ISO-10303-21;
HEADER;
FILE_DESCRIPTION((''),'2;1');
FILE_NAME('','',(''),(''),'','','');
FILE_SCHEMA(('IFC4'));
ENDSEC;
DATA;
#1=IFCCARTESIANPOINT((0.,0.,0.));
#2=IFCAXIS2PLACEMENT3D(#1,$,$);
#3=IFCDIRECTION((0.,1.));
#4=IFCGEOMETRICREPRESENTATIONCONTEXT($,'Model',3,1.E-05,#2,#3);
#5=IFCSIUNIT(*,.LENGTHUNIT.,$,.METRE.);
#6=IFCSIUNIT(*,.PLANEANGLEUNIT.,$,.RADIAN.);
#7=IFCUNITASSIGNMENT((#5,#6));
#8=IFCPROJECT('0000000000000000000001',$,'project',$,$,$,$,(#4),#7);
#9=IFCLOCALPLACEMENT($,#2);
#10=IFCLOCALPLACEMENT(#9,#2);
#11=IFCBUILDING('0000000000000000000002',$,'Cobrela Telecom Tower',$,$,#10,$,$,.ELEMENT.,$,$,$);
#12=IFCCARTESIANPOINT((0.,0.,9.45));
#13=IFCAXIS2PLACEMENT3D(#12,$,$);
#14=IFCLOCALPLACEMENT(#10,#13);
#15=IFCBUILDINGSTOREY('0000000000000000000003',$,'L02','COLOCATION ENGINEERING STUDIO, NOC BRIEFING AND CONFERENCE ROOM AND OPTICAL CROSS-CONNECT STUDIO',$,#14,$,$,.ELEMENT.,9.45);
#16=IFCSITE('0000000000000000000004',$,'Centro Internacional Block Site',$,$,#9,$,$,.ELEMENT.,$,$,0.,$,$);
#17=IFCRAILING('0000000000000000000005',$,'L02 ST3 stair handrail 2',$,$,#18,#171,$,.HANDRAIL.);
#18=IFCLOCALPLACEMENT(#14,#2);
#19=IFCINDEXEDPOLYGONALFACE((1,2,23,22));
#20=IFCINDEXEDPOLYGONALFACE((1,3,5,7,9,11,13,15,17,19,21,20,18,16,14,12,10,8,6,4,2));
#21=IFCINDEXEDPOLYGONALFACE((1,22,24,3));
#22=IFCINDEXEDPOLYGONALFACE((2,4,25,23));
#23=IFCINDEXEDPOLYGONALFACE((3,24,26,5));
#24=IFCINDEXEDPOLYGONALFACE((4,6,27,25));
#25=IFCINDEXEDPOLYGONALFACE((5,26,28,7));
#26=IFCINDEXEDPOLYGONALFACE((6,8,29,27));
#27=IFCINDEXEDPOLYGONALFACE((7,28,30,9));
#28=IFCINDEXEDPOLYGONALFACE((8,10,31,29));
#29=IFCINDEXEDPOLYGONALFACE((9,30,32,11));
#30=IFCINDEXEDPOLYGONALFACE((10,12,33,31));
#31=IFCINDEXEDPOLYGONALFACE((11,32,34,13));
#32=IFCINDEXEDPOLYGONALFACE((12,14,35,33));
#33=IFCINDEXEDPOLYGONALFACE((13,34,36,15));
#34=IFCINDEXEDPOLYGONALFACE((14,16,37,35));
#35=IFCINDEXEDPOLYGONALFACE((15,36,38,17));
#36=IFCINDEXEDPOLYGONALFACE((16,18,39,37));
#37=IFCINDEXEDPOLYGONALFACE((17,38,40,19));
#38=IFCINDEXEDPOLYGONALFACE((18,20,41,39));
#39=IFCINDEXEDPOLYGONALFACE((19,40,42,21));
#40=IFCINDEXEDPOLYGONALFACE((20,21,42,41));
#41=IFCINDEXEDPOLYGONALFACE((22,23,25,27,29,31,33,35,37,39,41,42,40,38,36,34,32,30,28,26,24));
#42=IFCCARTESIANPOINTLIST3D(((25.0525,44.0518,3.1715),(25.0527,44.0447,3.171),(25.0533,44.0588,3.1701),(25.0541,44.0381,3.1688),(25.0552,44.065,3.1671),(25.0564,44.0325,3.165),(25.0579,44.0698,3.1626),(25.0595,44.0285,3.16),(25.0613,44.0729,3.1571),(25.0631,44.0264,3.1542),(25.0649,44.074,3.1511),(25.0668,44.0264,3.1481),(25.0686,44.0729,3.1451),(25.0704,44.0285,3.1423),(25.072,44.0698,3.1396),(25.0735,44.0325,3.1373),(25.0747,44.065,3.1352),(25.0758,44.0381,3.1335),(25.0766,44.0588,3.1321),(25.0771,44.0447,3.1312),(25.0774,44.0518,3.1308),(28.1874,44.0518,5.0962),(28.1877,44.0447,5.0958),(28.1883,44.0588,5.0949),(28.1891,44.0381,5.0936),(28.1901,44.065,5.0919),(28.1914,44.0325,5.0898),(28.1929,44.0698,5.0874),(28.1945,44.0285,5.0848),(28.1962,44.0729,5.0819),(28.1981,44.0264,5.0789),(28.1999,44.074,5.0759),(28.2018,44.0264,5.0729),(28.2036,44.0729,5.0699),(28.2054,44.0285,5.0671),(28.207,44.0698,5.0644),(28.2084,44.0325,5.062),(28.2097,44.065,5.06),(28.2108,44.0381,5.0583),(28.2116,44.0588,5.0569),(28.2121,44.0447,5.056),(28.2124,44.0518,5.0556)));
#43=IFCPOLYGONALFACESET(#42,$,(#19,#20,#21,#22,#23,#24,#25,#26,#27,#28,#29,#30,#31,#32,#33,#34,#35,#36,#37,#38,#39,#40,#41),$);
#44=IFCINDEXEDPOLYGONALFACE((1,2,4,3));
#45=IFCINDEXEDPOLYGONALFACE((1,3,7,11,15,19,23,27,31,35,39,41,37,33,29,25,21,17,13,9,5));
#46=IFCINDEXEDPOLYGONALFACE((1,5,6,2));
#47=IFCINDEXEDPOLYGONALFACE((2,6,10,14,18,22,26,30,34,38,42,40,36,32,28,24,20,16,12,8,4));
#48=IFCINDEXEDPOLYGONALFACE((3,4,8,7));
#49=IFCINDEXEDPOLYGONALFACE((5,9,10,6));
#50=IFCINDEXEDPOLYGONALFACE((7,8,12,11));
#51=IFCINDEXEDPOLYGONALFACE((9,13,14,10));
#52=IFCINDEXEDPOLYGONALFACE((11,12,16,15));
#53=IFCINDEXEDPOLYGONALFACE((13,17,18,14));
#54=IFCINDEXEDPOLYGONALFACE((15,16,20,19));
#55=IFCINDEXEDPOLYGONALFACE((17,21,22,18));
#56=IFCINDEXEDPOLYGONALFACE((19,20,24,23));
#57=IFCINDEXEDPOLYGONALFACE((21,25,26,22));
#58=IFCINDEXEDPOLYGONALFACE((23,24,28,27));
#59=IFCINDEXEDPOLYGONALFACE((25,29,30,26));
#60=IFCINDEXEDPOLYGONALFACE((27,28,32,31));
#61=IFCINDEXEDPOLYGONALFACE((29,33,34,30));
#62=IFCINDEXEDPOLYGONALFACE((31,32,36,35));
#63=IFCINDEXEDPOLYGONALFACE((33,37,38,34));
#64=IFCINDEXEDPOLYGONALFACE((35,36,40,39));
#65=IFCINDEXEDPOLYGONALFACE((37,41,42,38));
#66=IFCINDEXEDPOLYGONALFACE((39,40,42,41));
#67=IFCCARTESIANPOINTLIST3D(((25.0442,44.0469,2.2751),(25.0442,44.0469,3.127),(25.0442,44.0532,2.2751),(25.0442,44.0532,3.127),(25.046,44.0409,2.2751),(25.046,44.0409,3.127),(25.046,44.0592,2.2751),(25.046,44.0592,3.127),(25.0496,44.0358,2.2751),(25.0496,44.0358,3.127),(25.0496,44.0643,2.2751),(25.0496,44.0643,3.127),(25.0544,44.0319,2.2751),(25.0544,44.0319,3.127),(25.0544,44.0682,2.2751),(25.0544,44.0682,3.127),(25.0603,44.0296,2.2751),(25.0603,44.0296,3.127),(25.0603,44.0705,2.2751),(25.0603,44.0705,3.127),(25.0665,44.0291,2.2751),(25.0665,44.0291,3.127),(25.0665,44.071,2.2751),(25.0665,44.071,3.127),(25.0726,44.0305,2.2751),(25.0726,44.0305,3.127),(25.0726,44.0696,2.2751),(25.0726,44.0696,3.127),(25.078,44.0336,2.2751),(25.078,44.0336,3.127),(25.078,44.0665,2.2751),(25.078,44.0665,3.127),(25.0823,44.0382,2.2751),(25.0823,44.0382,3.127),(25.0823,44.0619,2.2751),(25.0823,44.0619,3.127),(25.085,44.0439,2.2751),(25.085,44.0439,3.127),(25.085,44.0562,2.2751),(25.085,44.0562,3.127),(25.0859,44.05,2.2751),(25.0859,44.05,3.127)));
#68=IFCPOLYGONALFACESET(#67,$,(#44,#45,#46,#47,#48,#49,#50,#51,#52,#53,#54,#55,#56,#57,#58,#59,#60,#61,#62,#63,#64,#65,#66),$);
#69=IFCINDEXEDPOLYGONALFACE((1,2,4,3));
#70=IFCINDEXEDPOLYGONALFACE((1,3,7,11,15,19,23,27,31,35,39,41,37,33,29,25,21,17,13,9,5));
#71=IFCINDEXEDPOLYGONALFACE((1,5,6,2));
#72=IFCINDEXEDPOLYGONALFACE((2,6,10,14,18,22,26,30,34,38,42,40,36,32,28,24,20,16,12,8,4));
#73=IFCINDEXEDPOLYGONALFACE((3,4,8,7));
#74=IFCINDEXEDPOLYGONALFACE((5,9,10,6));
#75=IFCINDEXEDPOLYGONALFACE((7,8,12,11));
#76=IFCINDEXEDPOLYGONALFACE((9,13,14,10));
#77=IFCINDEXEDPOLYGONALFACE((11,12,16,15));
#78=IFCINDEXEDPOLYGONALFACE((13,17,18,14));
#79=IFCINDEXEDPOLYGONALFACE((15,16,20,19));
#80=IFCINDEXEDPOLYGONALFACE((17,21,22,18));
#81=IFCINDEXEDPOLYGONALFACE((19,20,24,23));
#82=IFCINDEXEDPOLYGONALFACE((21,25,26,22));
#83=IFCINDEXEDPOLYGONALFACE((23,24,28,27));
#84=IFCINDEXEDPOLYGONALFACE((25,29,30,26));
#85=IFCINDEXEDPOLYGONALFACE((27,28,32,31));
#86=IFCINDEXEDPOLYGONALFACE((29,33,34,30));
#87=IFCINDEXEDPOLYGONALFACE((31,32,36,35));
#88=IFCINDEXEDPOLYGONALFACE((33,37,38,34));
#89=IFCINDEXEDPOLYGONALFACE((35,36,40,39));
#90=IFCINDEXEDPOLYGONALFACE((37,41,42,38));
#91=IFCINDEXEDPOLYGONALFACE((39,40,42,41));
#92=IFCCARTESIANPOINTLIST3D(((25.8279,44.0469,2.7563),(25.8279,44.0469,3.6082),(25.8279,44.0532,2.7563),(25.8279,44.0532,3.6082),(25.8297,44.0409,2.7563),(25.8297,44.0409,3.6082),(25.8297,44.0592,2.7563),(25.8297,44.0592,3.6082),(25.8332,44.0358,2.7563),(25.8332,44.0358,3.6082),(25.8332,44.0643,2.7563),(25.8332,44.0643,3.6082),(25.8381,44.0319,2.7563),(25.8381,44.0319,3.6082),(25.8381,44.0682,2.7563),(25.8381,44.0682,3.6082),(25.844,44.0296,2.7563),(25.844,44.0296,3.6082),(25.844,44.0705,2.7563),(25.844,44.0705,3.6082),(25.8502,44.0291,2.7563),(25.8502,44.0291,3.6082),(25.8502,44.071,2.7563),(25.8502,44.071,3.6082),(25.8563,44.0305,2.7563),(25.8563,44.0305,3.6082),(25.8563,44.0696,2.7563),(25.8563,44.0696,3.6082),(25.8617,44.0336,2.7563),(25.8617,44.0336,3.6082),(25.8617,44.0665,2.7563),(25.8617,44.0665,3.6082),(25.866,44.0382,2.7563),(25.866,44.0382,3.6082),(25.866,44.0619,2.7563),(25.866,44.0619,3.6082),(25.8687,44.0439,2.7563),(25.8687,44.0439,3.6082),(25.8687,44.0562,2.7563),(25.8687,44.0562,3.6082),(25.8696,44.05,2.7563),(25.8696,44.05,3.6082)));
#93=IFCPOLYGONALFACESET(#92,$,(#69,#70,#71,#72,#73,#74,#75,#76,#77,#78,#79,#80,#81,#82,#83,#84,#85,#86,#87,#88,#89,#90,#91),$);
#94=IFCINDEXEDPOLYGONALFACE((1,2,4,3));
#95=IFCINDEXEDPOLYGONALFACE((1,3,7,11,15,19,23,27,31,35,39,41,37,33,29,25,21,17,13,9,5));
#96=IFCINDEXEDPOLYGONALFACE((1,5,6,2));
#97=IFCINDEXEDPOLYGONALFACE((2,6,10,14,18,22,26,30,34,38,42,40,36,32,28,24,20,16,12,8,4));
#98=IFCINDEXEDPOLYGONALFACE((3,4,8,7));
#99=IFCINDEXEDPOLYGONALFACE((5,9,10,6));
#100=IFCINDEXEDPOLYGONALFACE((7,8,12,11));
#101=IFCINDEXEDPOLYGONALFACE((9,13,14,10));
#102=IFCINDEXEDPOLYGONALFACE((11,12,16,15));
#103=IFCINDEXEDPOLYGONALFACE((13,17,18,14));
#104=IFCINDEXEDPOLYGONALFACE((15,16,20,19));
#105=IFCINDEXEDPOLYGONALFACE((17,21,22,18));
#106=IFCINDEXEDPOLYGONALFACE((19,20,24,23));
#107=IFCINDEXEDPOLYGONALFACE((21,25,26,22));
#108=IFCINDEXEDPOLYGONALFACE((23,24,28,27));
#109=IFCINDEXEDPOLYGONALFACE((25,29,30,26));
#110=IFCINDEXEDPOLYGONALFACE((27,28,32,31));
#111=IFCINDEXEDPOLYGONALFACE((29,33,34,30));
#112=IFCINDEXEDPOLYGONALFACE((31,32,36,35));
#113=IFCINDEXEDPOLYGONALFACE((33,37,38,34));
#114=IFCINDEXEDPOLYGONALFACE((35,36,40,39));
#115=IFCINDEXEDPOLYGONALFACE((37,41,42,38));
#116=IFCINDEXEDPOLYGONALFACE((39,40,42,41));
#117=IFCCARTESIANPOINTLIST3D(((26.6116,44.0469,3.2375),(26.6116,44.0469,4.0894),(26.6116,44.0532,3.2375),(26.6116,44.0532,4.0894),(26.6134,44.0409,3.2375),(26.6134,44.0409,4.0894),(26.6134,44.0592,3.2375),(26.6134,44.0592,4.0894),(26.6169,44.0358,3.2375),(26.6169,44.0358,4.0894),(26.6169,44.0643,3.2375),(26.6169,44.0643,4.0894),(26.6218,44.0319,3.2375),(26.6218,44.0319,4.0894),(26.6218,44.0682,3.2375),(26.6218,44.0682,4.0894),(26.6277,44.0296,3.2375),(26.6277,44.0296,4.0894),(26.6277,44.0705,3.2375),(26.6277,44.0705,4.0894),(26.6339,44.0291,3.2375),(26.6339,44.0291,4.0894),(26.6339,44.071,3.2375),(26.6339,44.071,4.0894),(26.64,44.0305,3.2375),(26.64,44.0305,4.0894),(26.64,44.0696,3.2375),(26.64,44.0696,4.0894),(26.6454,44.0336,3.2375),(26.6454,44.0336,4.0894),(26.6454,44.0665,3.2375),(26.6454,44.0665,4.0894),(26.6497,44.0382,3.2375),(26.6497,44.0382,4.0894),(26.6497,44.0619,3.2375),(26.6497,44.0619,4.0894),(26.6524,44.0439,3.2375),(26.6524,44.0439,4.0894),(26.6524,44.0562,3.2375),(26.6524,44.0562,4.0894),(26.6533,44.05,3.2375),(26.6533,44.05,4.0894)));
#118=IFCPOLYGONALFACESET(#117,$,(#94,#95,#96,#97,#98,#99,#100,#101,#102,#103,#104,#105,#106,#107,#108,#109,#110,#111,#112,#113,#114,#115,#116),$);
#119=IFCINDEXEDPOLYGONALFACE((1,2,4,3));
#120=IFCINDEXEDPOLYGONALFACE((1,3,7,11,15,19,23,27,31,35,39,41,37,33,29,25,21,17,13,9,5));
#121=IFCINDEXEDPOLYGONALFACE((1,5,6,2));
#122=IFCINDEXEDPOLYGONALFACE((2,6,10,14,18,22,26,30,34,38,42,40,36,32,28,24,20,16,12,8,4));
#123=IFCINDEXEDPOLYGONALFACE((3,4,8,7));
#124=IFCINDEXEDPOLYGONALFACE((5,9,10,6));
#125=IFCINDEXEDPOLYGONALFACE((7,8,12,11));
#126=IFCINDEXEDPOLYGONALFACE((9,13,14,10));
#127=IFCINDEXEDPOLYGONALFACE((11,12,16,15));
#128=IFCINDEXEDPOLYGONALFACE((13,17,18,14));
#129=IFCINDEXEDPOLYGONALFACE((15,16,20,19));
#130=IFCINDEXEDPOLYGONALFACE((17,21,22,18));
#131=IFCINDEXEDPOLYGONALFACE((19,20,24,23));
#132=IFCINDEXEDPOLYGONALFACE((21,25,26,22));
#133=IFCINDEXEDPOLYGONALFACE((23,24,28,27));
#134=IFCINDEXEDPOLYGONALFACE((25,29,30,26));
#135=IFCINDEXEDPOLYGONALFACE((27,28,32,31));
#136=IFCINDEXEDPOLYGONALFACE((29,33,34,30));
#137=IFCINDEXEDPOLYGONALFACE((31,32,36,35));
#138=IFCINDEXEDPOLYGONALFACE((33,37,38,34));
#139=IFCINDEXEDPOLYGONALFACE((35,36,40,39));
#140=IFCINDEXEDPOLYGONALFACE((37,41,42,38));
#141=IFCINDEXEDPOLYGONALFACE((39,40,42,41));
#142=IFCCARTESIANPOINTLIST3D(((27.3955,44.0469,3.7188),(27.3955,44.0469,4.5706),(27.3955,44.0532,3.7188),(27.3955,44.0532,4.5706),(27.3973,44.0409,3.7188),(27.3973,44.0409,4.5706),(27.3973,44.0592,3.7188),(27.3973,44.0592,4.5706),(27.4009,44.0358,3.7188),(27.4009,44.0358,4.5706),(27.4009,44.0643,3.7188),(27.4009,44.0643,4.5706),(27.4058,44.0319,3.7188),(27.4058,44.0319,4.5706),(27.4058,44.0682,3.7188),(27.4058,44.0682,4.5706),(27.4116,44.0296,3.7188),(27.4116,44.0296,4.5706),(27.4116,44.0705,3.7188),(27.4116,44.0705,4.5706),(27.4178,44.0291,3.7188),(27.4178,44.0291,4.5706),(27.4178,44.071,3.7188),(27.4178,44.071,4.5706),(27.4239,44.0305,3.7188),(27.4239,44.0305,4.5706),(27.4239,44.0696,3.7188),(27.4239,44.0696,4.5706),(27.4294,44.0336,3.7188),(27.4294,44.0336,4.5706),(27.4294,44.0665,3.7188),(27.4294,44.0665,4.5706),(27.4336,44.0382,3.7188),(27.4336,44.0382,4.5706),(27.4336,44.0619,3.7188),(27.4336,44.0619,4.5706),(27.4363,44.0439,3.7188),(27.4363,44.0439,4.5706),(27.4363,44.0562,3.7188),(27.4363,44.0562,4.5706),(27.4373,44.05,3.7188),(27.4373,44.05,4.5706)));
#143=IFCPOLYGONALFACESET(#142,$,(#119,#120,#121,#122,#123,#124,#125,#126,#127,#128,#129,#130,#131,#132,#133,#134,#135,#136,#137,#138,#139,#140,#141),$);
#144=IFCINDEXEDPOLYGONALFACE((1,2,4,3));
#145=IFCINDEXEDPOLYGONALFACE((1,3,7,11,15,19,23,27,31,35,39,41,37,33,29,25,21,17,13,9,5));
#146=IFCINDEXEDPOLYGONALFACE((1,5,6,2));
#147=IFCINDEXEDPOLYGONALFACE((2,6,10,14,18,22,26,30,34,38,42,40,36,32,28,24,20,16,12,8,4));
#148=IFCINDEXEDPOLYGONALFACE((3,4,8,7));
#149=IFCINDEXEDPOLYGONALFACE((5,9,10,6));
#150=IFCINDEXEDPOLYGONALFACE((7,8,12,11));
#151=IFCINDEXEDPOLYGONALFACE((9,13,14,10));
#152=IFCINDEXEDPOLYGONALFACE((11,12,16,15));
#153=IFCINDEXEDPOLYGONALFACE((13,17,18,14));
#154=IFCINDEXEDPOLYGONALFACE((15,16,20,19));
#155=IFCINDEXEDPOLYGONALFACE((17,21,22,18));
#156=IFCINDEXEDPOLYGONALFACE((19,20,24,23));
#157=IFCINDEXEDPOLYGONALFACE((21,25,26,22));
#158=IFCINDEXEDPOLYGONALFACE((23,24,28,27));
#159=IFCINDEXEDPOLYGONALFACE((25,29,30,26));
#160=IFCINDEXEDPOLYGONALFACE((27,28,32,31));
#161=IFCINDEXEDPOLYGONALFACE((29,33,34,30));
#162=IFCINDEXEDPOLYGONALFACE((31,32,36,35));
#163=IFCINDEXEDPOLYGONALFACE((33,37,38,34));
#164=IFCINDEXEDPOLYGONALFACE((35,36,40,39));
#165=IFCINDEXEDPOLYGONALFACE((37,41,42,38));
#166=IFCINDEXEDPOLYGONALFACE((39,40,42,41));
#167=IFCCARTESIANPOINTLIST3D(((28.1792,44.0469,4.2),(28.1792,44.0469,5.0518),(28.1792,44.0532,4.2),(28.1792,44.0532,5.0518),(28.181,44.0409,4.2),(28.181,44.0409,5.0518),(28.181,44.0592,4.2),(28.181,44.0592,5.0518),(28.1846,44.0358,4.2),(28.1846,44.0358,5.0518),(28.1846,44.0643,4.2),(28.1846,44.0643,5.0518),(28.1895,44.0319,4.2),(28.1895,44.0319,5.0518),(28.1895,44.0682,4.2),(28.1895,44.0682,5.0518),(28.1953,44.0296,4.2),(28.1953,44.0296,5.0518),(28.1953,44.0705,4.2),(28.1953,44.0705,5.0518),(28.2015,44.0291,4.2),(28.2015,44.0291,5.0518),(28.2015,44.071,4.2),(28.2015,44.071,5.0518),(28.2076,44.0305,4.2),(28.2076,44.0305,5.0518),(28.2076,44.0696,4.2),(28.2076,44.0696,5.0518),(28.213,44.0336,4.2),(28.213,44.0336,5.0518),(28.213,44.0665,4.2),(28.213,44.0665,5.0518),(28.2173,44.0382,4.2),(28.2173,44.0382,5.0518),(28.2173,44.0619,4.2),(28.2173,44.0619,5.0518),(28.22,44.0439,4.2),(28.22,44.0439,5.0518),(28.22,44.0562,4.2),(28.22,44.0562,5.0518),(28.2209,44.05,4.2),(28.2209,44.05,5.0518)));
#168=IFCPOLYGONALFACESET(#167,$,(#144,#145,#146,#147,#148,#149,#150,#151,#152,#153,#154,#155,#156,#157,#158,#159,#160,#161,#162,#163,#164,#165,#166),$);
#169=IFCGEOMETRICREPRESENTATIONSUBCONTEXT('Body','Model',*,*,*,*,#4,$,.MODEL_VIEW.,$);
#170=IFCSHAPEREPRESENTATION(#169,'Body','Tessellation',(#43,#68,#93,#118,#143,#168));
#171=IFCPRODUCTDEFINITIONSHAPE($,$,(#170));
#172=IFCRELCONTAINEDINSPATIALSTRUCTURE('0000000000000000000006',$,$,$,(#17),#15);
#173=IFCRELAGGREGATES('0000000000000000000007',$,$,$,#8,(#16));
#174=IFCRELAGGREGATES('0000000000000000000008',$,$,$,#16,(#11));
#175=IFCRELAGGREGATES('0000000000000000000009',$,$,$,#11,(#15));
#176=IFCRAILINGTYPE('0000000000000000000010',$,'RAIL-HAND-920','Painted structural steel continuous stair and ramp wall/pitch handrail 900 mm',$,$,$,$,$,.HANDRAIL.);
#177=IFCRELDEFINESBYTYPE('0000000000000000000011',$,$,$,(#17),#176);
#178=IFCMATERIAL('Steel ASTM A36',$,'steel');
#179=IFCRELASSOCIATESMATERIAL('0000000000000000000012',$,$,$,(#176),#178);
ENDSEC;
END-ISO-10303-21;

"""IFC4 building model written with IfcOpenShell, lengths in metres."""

from ifc_helpers import new_model, si_unit, direction, frame, origin, origin_2d, place, context, subcontext, project, spatial, circle, extrude, material, type_object, element, save


model = new_model("IFC4")

# Units and contexts
model_context = context("Model", 3, precision=1e-05, world=origin(), true_north=direction((0.0, 1.0)))
body_context = subcontext(model_context, "Body", "Model", "MODEL_VIEW")
ifc_project = project(units=[si_unit("LENGTHUNIT", "METRE"), si_unit("PLANEANGLEUNIT", "RADIAN")], contexts=[model_context])

# Site, building, storey
site_placement = place(None, origin())
site = spatial("IfcSite", under=ifc_project, at=site_placement, Name="Centro Internacional Block Site", CompositionType="ELEMENT", RefElevation=0.0)
building_placement = place(site_placement, origin())
building = spatial("IfcBuilding", under=site, at=building_placement, Name="Cobrela Telecom Tower", CompositionType="ELEMENT")
storey_placement = place(building_placement, frame((0.0, 0.0, 9.45)))
storey = spatial("IfcBuildingStorey", under=building, at=storey_placement, Name="L02", Description="COLOCATION ENGINEERING STUDIO, NOC BRIEFING AND CONFERENCE ROOM AND OPTICAL CROSS-CONNECT STUDIO", CompositionType="ELEMENT", Elevation=9.45)

# Shared definitions
ifc_material_1 = material(Name="Steel ASTM A36", Category="steel")

# Railing
railing_type_1 = type_object("IfcRailingType", Name="RAIL-HAND-920", Description="Painted structural steel continuous stair and ramp wall/pitch handrail 900 mm", PredefinedType="HANDRAIL", material=ifc_material_1)
railing_1_placement = place(storey_placement, frame((25.0649, 44.05, 2.2751)))
element("IfcRailing", 1, at=railing_1_placement, inside=storey, type_object=railing_type_1, Name="L02 ST3 stair handrail 2", PredefinedType="HANDRAIL", context=body_context, shape_type="SweptSolid", body=[
    extrude(circle(Radius=0.0239, at=origin_2d()), frame((0.0, 0.0, 0.876), z_axis=(0.852196, 0.0, 0.523223), x_axis=(0.0, 1.0, 0.0)), (0.0, 0.0, 1.0), 3.6787),
    extrude(circle(Radius=0.021, at=origin_2d()), origin(), (0.0, 0.0, 1.0), 0.8518),
    extrude(circle(Radius=0.021, at=origin_2d()), frame((0.7837, 0.0, 0.4812)), (0.0, 0.0, 1.0), 0.8518),
    extrude(circle(Radius=0.021, at=origin_2d()), frame((1.5674, 0.0, 0.9624)), (0.0, 0.0, 1.0), 0.8518),
    extrude(circle(Radius=0.021, at=origin_2d()), frame((2.3513, 0.0, 1.4436)), (0.0, 0.0, 1.0), 0.8518),
    extrude(circle(Radius=0.021, at=origin_2d()), frame((3.135, 0.0, 1.9248)), (0.0, 0.0, 1.0), 0.8518),
])

save(model, "model.ifc")
